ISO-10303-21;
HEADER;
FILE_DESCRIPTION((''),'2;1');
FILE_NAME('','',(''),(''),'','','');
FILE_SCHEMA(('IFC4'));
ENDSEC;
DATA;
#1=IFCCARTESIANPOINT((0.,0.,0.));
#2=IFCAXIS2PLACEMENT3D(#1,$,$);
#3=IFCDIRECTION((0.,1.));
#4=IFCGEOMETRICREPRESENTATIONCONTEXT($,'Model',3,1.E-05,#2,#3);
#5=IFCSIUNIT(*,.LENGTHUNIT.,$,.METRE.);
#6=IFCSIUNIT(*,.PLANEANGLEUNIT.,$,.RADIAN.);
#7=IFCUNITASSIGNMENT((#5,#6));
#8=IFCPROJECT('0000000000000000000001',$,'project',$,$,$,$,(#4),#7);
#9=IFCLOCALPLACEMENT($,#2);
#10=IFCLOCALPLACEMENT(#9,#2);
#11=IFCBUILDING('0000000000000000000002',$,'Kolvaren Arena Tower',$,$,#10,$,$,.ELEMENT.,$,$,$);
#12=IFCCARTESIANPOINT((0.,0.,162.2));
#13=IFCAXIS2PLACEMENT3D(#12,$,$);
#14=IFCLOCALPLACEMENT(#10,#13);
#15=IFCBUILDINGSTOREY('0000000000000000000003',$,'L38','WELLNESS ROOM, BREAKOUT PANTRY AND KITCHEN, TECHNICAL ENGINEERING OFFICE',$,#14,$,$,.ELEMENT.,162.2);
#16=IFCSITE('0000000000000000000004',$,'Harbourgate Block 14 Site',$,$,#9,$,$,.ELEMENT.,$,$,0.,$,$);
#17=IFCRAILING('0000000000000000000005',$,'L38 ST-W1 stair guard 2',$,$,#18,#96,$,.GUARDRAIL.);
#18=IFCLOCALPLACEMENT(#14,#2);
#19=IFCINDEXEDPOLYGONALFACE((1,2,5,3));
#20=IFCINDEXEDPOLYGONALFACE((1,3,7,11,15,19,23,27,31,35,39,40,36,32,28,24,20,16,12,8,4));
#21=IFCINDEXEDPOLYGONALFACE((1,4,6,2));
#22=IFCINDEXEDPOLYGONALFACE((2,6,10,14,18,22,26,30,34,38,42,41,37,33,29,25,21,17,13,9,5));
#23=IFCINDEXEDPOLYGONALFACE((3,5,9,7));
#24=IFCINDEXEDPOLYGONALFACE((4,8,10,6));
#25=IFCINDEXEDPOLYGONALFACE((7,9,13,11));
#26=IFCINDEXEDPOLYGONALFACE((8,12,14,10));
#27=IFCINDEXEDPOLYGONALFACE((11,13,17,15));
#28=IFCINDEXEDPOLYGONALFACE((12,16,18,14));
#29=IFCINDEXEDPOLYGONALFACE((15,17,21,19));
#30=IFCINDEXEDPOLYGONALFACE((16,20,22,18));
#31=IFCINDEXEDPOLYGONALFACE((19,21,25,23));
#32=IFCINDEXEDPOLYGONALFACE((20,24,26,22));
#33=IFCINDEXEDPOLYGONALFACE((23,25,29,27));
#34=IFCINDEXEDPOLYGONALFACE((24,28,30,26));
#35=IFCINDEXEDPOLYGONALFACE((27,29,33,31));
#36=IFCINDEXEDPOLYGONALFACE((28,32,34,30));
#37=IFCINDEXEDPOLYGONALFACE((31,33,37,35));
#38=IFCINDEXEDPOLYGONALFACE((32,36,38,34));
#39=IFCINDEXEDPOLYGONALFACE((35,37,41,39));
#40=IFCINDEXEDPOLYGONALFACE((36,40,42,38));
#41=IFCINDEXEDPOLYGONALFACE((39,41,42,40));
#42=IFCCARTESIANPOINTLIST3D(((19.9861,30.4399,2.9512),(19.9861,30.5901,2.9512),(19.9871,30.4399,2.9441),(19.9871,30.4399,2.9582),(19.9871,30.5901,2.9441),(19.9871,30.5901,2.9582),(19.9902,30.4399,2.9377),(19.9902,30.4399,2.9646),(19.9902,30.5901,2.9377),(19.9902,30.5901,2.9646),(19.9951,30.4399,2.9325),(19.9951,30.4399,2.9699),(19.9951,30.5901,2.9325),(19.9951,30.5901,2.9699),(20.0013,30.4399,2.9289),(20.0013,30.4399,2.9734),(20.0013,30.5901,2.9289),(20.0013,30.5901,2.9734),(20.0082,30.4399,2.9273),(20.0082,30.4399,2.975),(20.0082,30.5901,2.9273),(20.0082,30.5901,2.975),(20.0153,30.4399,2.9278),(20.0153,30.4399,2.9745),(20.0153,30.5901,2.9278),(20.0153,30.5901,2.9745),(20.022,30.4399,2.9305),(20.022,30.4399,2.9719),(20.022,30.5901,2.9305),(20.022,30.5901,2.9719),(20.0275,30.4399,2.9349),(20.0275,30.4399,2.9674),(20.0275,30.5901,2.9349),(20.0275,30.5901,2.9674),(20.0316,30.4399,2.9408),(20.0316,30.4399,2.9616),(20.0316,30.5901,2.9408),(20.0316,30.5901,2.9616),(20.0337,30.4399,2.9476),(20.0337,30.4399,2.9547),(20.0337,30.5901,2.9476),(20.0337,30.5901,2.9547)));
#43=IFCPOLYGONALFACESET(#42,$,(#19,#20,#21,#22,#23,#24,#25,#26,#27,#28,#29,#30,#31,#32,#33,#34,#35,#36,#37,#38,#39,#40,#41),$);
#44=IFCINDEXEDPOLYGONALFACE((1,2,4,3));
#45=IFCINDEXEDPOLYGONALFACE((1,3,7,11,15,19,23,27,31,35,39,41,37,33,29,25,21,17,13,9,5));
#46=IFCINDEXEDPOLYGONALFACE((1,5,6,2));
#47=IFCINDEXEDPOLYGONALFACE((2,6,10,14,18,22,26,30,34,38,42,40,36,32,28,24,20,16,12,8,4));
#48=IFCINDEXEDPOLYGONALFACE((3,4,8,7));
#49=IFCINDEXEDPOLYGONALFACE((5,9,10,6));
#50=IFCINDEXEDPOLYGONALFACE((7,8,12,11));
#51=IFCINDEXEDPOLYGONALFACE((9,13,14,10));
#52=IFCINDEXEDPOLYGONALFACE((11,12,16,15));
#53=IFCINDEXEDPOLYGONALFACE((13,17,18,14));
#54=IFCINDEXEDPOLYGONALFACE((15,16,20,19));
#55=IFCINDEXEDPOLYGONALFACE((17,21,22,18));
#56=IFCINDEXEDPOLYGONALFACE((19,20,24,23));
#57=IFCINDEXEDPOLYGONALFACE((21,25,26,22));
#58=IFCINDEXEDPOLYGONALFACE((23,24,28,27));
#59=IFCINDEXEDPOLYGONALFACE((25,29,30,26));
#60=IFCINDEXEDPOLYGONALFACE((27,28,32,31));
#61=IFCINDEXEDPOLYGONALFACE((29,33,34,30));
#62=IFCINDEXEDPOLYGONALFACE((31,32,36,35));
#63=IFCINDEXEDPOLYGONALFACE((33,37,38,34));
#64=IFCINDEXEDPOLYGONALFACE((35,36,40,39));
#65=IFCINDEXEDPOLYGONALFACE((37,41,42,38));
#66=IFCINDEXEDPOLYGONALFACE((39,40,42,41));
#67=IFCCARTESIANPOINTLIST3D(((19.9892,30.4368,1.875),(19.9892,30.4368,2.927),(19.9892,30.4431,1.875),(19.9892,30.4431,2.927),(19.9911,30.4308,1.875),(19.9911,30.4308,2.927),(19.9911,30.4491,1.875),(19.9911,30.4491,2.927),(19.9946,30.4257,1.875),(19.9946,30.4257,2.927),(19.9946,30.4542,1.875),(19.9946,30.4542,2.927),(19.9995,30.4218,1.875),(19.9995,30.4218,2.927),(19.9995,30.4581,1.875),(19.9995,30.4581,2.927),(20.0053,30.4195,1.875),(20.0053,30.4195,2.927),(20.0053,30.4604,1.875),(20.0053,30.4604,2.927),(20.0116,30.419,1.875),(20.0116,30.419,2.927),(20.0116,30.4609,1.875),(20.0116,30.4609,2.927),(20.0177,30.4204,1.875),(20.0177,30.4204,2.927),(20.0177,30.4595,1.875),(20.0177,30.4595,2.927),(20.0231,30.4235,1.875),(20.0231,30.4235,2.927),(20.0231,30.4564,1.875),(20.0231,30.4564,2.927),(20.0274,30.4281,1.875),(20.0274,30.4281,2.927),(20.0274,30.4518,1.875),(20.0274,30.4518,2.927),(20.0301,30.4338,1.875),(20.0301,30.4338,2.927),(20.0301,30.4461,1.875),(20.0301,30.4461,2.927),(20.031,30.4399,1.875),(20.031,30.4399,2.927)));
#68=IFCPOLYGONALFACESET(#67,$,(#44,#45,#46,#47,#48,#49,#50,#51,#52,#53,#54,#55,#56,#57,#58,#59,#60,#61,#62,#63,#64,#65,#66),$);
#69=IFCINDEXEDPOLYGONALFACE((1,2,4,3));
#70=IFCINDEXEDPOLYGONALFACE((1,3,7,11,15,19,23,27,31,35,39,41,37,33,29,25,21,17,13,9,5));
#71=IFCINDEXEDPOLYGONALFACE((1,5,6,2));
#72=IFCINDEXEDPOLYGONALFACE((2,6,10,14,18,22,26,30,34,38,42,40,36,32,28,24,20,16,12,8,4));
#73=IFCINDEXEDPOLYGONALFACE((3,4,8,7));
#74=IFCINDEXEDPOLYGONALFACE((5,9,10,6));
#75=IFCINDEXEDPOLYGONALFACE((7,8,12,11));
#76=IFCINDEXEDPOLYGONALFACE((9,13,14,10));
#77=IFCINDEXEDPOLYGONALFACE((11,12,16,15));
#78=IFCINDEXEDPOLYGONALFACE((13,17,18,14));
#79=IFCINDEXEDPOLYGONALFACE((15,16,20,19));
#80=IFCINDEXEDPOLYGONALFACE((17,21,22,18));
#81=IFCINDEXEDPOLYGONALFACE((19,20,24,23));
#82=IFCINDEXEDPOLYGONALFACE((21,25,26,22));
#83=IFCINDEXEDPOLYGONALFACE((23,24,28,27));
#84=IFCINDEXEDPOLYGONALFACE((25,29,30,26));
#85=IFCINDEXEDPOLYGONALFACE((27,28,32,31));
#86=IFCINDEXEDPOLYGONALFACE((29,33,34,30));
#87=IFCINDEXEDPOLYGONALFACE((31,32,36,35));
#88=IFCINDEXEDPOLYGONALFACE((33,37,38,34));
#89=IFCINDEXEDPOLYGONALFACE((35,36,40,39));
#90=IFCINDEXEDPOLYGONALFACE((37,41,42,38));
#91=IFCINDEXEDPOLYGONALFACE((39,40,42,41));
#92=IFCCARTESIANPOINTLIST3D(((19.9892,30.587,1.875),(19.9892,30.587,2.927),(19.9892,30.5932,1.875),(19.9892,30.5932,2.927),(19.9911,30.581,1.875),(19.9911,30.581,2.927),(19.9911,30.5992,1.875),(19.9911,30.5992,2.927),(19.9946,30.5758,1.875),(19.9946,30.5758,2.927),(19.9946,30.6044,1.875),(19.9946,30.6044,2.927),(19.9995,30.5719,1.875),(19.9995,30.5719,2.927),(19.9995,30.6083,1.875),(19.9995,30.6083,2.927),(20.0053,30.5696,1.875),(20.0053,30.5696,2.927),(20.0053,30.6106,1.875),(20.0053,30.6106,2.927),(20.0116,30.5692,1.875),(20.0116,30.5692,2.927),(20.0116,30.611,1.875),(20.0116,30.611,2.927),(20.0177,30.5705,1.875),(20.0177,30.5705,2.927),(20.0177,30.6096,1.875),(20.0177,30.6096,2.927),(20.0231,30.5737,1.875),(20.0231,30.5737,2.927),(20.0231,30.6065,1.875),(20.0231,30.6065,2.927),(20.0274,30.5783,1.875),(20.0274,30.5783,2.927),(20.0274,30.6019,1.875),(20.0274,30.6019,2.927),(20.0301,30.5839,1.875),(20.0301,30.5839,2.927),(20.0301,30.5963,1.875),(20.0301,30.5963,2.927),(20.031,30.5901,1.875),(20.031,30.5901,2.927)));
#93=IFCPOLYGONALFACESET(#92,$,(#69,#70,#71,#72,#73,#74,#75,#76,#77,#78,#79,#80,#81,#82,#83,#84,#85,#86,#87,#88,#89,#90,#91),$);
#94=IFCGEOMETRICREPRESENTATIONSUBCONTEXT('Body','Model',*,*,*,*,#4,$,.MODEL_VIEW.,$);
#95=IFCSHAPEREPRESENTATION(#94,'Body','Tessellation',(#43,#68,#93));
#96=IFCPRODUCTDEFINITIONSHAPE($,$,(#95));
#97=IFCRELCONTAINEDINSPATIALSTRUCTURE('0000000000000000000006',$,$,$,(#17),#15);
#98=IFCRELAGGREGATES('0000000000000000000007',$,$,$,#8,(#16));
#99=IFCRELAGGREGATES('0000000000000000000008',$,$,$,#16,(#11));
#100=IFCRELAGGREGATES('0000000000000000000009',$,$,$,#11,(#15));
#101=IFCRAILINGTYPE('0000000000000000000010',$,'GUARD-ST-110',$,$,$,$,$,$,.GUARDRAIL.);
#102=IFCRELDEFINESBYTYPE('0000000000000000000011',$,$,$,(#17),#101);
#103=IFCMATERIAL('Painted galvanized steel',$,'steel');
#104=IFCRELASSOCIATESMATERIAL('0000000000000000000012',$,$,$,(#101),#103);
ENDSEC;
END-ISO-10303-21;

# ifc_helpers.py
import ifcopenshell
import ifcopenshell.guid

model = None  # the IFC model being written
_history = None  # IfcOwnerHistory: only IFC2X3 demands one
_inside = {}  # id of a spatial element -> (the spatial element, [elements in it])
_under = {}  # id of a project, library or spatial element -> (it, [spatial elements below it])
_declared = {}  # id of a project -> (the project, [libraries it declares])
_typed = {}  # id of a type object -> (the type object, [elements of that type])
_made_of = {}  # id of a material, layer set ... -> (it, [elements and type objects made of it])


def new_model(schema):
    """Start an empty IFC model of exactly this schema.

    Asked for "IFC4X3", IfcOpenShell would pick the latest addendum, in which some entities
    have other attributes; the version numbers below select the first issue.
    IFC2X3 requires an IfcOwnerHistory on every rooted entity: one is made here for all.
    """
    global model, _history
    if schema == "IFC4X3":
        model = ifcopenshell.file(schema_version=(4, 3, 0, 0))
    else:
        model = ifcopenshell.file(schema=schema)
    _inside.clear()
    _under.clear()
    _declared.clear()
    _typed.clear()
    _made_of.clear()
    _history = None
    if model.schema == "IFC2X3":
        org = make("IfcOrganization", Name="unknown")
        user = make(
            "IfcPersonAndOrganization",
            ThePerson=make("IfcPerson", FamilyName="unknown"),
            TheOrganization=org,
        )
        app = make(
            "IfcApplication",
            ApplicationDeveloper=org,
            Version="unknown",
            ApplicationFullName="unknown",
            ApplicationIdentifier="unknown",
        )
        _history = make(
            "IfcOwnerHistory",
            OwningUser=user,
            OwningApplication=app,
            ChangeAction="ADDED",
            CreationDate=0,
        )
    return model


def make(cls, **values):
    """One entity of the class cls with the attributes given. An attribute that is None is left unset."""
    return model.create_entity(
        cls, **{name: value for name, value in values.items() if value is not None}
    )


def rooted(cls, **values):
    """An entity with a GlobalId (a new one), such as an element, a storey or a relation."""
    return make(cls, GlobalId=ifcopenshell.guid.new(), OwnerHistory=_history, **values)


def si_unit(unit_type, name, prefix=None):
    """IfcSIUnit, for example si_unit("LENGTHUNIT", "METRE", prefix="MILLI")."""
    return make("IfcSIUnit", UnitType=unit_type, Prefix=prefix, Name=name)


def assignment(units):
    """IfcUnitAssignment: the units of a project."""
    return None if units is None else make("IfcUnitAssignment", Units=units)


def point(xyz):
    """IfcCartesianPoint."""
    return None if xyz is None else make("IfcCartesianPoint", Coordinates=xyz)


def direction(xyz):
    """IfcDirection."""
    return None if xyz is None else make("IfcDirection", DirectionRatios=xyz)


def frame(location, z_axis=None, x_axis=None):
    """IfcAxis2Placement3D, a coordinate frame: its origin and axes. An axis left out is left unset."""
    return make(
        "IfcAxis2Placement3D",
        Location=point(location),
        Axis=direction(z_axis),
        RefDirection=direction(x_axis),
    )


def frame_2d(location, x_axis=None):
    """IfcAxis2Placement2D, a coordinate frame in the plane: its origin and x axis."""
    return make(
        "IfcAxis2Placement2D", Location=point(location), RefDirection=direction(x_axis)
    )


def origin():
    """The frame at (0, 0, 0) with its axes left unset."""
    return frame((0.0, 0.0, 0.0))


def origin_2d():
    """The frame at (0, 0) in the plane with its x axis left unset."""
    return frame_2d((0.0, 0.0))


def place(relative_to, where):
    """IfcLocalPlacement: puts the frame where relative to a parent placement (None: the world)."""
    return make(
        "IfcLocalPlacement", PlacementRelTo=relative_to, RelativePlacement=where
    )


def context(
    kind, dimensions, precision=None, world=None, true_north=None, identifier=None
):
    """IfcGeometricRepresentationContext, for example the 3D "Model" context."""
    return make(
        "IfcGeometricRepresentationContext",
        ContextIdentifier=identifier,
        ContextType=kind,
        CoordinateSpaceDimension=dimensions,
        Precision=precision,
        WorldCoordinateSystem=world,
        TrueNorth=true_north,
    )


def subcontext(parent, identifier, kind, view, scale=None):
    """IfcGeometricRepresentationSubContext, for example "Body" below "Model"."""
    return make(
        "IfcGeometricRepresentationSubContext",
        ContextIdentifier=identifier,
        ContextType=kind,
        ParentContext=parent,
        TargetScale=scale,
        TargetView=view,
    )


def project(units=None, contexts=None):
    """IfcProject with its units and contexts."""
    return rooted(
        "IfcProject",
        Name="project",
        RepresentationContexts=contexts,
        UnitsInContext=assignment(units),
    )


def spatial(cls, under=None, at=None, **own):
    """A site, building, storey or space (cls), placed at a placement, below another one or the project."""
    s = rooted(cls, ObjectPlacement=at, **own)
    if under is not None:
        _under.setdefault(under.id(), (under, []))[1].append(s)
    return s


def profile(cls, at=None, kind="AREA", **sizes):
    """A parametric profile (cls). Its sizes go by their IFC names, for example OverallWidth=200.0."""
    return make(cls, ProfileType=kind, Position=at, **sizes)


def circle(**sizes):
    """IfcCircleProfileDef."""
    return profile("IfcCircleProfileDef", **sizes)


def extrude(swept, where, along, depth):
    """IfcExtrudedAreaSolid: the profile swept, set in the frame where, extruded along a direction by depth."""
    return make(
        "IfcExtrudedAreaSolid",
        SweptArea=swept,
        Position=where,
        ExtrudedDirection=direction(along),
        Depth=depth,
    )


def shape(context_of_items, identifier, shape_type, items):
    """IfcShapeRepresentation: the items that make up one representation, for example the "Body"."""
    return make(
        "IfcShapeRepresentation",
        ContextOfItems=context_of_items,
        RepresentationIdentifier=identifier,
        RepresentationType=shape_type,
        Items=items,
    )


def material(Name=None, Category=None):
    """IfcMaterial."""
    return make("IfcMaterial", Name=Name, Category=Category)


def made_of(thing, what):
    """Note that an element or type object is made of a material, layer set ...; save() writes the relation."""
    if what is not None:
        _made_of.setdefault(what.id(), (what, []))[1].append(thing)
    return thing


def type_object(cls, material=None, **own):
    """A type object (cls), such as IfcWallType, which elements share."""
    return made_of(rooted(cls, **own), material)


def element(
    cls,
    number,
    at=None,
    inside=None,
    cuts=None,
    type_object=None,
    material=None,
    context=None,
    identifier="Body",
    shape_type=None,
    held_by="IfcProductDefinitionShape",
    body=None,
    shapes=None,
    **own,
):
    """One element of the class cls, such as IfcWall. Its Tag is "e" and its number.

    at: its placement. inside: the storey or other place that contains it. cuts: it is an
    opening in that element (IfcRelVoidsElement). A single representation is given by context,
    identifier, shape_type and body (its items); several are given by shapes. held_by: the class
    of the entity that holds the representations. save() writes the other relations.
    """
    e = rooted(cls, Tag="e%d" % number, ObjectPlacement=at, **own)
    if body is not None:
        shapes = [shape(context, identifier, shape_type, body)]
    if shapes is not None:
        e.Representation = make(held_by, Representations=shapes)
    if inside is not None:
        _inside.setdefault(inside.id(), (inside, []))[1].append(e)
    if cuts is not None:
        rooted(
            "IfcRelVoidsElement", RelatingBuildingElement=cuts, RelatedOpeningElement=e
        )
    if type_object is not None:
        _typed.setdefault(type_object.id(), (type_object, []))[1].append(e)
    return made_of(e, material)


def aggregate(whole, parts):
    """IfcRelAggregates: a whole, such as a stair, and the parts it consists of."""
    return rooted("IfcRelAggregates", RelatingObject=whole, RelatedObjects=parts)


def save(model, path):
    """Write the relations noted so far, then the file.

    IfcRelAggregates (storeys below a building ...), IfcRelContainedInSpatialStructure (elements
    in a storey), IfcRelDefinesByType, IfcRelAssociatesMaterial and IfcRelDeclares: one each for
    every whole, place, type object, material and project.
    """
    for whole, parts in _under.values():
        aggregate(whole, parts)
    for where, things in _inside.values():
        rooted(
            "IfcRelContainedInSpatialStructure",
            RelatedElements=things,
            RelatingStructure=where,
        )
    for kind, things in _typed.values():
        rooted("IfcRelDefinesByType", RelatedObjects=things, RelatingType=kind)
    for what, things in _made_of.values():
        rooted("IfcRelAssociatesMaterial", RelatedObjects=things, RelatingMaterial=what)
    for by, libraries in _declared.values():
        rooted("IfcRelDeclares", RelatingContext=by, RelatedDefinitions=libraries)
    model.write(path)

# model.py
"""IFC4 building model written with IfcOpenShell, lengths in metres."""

from ifc_helpers import new_model, si_unit, direction, frame, origin, origin_2d, place, context, subcontext, project, spatial, circle, extrude, material, type_object, element, save


model = new_model("IFC4")

# Units and contexts
model_context = context("Model", 3, precision=1e-05, world=origin(), true_north=direction((0.0, 1.0)))
body_context = subcontext(model_context, "Body", "Model", "MODEL_VIEW")
ifc_project = project(units=[si_unit("LENGTHUNIT", "METRE"), si_unit("PLANEANGLEUNIT", "RADIAN")], contexts=[model_context])

# Site, building, storey
site_placement = place(None, origin())
site = spatial("IfcSite", under=ifc_project, at=site_placement, Name="Harbourgate Block 14 Site", CompositionType="ELEMENT", RefElevation=0.0)
building_placement = place(site_placement, origin())
building = spatial("IfcBuilding", under=site, at=building_placement, Name="Kolvaren Arena Tower", CompositionType="ELEMENT")
storey_placement = place(building_placement, frame((0.0, 0.0, 162.2)))
storey = spatial("IfcBuildingStorey", under=building, at=storey_placement, Name="L38", Description="WELLNESS ROOM, BREAKOUT PANTRY AND KITCHEN, TECHNICAL ENGINEERING OFFICE", CompositionType="ELEMENT", Elevation=162.2)

# Railing
ifc_material_1 = material(Name="Painted galvanized steel", Category="steel")
railing_type_1 = type_object("IfcRailingType", Name="GUARD-ST-110", PredefinedType="GUARDRAIL", material=ifc_material_1)
railing_1_placement = place(storey_placement, frame((20.01, 30.4399, 1.875)))
element("IfcRailing", 1, at=railing_1_placement, inside=storey, type_object=railing_type_1, Name="L38 ST-W1 stair guard 2", PredefinedType="GUARDRAIL", context=body_context, shape_type="SweptSolid", body=[
    extrude(circle(Radius=0.0239, at=origin_2d()), frame((0.0, 0.0, 1.0762), z_axis=(0.0, 1.0, 0.0), x_axis=(-1.0, 0.0, 0.0)), (0.0, 0.0, 1.0), 0.1501),
    extrude(circle(Radius=0.021, at=origin_2d()), origin(), (0.0, 0.0, 1.0), 1.052),
    extrude(circle(Radius=0.021, at=origin_2d()), frame((0.0, 0.1501, 0.0)), (0.0, 0.0, 1.0), 1.052),
])

save(model, "model.ifc")
